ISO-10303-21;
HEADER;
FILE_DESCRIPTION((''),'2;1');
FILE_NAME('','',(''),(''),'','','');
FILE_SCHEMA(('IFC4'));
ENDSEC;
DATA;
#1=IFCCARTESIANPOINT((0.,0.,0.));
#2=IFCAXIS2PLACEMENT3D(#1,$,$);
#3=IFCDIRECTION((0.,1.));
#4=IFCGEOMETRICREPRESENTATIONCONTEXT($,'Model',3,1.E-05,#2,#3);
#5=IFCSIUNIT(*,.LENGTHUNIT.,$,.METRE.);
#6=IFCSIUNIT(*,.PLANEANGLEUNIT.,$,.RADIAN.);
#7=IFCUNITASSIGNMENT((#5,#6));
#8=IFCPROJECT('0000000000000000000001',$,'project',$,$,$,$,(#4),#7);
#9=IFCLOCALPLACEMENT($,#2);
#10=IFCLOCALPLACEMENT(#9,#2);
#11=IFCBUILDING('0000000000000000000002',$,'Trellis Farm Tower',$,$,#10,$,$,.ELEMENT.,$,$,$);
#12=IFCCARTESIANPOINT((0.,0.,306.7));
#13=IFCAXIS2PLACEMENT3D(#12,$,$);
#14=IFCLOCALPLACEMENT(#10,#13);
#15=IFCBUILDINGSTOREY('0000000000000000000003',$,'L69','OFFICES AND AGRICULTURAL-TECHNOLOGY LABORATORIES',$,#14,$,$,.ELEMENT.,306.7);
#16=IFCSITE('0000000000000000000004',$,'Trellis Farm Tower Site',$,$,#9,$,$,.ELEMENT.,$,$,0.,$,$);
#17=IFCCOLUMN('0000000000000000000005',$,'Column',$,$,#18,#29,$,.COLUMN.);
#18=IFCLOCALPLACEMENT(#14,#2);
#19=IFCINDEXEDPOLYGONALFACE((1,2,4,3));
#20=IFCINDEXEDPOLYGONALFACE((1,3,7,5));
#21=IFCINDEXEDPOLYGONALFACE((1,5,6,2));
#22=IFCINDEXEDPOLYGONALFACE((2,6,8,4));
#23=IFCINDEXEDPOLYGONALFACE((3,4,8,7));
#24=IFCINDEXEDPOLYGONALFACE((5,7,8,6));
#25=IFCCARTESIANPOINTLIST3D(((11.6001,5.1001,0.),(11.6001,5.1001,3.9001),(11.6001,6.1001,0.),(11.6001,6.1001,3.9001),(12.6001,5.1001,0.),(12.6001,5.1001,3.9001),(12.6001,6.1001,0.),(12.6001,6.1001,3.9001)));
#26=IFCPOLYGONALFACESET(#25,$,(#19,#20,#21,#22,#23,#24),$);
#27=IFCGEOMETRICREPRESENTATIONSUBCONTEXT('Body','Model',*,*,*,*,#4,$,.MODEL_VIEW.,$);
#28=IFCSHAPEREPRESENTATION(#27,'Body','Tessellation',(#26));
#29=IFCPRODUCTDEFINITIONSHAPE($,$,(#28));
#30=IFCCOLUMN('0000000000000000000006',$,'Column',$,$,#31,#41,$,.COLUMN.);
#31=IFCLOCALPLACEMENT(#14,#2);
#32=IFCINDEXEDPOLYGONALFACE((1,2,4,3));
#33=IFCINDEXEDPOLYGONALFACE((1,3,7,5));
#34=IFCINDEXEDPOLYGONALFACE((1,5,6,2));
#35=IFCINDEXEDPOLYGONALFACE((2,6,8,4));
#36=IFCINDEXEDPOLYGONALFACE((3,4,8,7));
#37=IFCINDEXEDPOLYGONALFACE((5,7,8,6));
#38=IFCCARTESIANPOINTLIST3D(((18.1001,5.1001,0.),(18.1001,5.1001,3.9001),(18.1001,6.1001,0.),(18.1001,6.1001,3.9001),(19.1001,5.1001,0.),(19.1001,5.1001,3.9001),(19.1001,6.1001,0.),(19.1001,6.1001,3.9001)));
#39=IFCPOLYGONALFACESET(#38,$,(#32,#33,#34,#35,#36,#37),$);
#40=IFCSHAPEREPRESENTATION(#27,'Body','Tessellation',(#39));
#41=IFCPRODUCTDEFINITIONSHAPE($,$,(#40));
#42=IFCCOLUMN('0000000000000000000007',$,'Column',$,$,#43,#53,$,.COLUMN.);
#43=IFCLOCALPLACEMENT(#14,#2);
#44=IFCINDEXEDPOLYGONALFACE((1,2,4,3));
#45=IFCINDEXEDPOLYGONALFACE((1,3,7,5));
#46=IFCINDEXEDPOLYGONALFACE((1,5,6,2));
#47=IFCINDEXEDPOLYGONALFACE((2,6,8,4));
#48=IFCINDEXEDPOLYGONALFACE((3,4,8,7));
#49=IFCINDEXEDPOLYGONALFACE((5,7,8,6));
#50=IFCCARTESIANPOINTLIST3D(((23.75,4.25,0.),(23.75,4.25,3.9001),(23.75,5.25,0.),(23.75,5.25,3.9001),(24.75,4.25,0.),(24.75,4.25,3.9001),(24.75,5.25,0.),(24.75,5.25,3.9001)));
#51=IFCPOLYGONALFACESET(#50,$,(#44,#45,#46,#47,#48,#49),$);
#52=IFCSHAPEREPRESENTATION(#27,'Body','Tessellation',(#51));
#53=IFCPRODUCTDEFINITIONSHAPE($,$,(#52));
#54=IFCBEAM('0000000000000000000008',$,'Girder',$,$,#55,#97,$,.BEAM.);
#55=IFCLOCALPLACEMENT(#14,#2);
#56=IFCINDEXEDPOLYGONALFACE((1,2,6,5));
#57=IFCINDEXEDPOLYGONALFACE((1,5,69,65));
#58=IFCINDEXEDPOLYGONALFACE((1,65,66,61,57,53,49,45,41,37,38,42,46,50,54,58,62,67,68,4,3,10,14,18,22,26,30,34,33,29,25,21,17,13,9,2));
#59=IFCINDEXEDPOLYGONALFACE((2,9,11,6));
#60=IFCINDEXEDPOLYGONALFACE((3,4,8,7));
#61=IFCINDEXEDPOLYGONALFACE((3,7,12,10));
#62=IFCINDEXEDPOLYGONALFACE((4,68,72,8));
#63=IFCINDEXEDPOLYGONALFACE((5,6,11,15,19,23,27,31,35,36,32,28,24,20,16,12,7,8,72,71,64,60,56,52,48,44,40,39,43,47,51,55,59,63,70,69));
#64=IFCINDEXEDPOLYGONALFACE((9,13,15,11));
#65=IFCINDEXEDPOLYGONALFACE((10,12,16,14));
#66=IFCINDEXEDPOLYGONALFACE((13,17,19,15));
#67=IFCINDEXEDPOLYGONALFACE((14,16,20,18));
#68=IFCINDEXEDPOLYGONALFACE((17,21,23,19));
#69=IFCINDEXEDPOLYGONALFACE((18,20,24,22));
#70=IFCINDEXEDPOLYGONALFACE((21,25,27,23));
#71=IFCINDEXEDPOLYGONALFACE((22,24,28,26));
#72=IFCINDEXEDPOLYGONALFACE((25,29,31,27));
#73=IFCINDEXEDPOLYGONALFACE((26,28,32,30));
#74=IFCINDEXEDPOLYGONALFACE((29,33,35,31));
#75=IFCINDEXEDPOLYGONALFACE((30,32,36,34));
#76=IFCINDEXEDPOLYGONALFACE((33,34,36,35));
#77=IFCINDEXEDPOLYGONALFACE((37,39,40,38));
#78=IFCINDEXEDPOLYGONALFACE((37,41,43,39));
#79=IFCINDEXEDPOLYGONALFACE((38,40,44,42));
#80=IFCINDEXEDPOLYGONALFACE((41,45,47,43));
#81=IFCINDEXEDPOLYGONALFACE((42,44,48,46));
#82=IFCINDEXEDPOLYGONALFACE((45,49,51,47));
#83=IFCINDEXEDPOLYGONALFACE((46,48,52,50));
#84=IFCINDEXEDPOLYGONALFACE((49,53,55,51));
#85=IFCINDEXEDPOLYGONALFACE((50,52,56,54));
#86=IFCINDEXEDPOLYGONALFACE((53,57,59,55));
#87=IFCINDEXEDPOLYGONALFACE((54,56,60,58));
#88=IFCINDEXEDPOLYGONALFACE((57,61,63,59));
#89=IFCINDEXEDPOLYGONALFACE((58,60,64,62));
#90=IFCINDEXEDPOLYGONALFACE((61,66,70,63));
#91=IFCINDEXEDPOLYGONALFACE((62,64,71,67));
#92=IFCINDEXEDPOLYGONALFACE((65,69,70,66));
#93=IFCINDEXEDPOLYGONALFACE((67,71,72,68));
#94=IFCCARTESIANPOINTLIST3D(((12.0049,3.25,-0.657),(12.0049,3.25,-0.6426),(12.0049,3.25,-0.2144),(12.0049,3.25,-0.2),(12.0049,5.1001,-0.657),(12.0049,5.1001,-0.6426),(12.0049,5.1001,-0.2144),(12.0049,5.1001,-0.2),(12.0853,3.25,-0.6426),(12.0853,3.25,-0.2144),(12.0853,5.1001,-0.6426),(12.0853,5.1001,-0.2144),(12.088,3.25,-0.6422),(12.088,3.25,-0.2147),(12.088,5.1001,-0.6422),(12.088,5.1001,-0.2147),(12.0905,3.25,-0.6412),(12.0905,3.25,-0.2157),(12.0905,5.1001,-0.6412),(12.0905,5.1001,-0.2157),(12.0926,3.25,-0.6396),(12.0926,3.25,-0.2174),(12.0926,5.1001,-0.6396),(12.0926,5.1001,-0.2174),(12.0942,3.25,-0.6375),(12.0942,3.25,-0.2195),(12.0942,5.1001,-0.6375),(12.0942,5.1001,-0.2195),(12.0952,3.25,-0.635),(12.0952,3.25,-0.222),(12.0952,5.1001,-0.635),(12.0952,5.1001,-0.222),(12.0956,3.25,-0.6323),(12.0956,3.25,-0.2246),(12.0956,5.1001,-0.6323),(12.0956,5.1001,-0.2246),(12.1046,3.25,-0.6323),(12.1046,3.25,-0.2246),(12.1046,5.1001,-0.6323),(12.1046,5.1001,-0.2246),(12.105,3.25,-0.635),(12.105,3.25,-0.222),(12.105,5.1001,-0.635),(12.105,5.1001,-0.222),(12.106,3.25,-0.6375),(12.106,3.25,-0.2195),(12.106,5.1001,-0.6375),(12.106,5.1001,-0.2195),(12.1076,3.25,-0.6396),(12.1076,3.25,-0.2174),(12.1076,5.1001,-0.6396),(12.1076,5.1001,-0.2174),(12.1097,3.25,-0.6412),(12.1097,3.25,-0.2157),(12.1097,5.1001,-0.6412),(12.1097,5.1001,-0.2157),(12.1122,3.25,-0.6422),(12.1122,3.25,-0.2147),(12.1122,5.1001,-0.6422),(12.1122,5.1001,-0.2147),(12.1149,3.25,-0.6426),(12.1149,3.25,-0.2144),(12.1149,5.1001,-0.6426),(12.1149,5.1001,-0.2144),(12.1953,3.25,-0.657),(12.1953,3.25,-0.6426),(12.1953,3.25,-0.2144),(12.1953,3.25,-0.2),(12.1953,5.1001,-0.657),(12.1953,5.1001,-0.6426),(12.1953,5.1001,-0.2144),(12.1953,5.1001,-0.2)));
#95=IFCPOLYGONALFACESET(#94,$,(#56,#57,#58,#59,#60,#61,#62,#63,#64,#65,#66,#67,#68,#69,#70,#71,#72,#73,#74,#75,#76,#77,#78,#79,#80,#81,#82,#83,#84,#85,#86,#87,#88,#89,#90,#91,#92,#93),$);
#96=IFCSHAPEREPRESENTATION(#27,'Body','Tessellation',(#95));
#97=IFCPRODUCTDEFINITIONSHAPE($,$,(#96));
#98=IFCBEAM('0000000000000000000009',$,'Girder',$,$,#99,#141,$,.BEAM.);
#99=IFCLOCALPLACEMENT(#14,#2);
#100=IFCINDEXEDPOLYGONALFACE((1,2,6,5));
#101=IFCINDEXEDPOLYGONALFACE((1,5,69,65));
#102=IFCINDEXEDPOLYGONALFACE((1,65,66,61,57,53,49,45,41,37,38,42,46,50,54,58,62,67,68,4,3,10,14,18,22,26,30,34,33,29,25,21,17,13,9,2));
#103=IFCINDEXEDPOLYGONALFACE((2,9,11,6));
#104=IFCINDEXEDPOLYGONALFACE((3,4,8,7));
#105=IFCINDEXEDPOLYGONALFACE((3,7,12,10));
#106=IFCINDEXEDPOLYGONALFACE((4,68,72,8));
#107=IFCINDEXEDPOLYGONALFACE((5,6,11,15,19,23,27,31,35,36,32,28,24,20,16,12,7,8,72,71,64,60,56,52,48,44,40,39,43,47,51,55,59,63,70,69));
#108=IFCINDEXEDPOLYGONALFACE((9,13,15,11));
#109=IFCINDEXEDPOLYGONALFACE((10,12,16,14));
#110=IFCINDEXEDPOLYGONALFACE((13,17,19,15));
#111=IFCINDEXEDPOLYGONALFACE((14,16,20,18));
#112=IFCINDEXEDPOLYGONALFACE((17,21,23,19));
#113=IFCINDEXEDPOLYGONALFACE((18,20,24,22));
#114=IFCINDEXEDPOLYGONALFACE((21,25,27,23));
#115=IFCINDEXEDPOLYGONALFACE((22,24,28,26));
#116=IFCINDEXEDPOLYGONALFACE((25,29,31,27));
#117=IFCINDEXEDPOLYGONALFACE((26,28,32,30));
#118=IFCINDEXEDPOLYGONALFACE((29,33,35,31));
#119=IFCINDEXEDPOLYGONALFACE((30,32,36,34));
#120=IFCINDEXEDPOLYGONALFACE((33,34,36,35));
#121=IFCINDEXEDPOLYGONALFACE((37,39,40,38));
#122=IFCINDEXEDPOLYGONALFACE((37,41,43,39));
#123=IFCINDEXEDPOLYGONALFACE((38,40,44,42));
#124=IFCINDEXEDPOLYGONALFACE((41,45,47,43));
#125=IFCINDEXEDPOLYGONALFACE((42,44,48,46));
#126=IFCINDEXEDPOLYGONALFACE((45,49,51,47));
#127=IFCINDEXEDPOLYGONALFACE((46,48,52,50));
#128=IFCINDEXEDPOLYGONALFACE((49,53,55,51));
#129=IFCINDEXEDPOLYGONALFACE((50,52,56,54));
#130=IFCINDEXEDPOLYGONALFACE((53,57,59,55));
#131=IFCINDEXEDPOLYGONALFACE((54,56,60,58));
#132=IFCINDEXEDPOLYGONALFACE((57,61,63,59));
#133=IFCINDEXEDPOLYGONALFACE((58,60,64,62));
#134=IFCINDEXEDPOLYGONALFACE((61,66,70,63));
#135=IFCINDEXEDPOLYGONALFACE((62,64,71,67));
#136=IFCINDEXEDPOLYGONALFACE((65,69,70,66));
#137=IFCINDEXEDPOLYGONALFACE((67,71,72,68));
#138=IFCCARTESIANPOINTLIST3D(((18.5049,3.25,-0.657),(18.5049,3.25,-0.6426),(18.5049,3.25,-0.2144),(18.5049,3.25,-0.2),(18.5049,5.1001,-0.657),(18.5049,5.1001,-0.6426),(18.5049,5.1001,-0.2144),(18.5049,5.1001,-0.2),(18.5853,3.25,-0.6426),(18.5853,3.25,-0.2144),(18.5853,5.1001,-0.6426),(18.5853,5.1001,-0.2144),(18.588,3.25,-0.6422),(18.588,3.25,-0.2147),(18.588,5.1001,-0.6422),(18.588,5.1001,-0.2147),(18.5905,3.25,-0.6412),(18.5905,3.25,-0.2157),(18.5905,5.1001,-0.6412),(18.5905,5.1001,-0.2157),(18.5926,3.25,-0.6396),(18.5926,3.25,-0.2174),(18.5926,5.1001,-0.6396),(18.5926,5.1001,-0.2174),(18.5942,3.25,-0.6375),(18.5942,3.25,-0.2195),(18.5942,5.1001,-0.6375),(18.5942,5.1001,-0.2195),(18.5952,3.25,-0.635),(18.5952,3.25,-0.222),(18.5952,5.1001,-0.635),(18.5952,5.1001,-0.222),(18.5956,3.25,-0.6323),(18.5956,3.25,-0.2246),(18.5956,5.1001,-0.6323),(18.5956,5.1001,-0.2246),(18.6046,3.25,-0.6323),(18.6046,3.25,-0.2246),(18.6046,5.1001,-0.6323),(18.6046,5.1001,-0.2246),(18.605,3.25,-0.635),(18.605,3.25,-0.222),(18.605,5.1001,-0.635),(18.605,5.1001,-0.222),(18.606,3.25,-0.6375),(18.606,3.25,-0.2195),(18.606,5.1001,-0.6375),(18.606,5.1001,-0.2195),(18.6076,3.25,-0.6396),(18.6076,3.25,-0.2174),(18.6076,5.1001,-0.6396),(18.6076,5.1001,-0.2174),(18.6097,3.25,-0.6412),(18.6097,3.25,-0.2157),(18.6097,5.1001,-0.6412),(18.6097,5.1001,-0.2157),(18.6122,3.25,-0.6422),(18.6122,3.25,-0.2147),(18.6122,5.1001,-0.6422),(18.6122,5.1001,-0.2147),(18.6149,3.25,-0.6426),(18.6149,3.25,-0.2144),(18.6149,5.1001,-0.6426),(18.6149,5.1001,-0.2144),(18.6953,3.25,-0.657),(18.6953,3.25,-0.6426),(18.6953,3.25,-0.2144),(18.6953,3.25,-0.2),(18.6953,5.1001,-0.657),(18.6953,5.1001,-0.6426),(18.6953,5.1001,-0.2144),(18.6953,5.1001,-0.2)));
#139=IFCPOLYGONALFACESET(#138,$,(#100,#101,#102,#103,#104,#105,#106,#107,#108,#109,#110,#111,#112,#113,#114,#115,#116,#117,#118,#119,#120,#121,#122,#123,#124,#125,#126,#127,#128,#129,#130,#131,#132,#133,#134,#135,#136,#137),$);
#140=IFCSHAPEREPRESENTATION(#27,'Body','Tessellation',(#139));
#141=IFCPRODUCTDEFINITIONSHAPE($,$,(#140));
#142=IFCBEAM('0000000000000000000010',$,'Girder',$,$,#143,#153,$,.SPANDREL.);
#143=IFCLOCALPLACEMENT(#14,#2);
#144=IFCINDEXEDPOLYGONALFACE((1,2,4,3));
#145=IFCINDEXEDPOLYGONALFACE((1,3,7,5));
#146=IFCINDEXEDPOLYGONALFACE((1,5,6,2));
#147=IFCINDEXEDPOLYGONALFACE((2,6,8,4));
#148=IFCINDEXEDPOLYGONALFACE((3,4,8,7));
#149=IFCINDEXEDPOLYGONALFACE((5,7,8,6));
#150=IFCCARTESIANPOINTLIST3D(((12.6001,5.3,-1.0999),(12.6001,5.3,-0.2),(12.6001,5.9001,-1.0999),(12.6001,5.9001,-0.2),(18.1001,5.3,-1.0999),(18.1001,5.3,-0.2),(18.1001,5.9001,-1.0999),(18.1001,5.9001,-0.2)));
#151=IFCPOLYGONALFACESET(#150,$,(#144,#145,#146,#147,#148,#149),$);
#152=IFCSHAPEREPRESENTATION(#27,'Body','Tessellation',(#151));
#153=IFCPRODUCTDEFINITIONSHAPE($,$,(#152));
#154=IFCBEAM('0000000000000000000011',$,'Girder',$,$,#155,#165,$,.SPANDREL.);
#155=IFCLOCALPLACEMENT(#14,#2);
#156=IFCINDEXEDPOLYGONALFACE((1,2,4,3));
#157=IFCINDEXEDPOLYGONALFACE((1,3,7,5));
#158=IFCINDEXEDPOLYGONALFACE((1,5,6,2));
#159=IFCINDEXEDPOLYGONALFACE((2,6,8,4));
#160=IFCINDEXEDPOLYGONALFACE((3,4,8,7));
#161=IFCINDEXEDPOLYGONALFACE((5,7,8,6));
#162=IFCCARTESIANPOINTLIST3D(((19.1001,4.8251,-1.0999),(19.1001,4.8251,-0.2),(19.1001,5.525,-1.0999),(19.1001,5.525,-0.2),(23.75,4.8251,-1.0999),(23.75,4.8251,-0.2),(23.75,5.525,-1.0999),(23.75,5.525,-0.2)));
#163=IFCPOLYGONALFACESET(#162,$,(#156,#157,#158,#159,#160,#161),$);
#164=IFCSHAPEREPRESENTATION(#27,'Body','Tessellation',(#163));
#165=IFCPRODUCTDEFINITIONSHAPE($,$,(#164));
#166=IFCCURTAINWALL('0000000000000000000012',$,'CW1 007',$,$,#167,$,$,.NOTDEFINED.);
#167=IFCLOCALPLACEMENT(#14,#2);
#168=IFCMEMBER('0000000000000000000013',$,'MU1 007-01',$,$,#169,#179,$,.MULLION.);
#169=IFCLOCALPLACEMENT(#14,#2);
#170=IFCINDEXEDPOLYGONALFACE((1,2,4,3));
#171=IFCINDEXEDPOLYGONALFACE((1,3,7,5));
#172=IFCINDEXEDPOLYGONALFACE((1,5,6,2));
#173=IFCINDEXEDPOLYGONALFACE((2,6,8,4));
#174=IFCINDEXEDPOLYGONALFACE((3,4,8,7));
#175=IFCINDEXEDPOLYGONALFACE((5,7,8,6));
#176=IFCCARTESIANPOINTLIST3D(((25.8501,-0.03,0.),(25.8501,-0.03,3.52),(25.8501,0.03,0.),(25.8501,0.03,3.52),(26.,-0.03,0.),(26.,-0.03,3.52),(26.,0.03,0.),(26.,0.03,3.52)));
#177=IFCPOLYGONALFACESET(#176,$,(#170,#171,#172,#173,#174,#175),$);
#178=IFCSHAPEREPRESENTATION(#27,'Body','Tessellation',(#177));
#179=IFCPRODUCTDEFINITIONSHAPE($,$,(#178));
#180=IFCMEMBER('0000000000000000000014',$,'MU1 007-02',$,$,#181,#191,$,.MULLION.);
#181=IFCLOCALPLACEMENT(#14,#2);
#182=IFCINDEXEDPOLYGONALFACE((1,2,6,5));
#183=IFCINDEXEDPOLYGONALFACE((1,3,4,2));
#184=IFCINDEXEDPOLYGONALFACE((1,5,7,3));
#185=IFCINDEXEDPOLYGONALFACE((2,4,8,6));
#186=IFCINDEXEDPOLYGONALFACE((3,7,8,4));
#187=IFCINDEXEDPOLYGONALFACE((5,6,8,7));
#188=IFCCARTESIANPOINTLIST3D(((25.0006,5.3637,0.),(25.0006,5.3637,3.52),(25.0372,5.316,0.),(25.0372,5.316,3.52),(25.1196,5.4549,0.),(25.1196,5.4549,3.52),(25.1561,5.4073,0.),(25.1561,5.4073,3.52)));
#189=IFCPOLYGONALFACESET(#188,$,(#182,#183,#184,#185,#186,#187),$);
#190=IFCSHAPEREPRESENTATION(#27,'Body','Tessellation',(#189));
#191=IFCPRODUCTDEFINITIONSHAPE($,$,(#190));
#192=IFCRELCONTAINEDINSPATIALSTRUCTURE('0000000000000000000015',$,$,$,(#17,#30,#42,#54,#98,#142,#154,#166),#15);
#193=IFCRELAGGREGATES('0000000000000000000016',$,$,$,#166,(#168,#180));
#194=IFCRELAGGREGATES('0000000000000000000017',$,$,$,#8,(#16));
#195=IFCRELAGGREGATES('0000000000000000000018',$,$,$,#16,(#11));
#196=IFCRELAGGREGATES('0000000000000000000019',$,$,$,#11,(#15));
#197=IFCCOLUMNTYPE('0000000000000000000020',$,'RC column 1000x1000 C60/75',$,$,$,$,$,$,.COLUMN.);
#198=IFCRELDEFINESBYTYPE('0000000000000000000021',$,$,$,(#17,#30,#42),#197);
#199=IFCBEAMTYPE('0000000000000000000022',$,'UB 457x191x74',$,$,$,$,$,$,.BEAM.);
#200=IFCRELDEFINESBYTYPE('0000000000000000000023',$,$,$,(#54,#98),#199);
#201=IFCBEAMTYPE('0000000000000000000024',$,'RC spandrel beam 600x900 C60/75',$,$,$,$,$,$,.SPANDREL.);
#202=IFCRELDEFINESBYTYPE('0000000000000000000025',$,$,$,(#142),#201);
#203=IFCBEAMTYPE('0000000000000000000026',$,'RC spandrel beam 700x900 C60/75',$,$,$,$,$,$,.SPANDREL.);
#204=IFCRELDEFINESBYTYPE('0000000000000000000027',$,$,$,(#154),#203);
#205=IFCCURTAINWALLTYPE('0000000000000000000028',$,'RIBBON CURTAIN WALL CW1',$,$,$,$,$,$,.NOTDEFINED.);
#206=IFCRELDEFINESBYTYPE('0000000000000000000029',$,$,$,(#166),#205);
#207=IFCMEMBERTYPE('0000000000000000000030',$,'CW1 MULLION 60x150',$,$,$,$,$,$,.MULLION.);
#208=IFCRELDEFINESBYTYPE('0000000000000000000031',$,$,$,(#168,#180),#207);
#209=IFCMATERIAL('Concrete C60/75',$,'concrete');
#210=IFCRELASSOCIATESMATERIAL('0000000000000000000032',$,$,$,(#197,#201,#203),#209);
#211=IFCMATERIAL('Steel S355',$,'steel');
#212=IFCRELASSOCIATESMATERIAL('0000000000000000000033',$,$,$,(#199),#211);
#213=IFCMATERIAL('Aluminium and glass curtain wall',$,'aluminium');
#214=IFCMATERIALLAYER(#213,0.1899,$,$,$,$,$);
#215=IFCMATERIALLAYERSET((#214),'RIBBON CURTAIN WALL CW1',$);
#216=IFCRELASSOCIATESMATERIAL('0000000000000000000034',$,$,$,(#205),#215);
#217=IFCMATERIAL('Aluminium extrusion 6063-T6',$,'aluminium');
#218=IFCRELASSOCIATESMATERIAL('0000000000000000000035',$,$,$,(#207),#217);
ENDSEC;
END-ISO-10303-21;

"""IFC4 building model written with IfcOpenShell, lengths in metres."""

from ifc_helpers import new_model, si_unit, direction, frame, origin, origin_2d, place, context, subcontext, project, spatial, rectangle, i_section, extrude, source, transform, mapped, material, layer, layer_set, material_profile, profile_set, type_object, element, aggregate, save


model = new_model("IFC4")

# Units and contexts
model_context = context("Model", 3, precision=1e-05, world=origin(), true_north=direction((0.0, 1.0)))
body_context = subcontext(model_context, "Body", "Model", "MODEL_VIEW")
ifc_project = project(units=[si_unit("LENGTHUNIT", "METRE"), si_unit("PLANEANGLEUNIT", "RADIAN")], contexts=[model_context])

# Site, building, storey
site_placement = place(None, origin())
site = spatial("IfcSite", under=ifc_project, at=site_placement, Name="Trellis Farm Tower Site", CompositionType="ELEMENT", RefElevation=0.0)
building_placement = place(site_placement, origin())
building = spatial("IfcBuilding", under=site, at=building_placement, Name="Trellis Farm Tower", CompositionType="ELEMENT")
storey_placement = place(building_placement, frame((0.0, 0.0, 306.7)))
storey = spatial("IfcBuildingStorey", under=building, at=storey_placement, Name="L69", Description="OFFICES AND AGRICULTURAL-TECHNOLOGY LABORATORIES", CompositionType="ELEMENT", Elevation=306.7)

# Columns
ifc_material_1 = material(Name="Concrete C60/75", Category="concrete")
ifc_material_profile_1 = material_profile(ifc_material_1, rectangle(XDim=1.0, YDim=1.0, at=origin_2d()), Name="RC column 1000x1000 C60/75")
ifc_profile_set_1 = profile_set([ifc_material_profile_1], Name="Concrete C60/75")
column_type = type_object("IfcColumnType", Name="RC column 1000x1000 C60/75", PredefinedType="COLUMN", material=ifc_profile_set_1)
shared_shape_1 = source(origin(), body_context, "Body", "SweptSolid", [
    extrude(rectangle(XDim=1.0, YDim=1.0, at=origin_2d()), origin(), (0.0, 0.0, 1.0), 3.9001),
])
for number, where, z_axis, x_axis, name in (
    (1, (12.1001, 5.6001, 0.0), (0.0, 0.0, 1.0), (1.0, 0.0, 0.0), "Column"),
    (2, (18.6001, 5.6001, 0.0), (0.0, 0.0, 1.0), (1.0, 0.0, 0.0), "Column"),
    (3, (24.25, 4.75, 0.0), (0.0, 0.0, 1.0), (1.0, 0.0, 0.0), "Column"),
):
    element("IfcColumn", number, at=place(storey_placement, frame(where, z_axis=z_axis, x_axis=x_axis)), inside=storey, type_object=column_type, Name=name, PredefinedType="COLUMN", context=body_context, shape_type="MappedRepresentation", body=[
        mapped(shared_shape_1, transform((0.0, 0.0, 0.0))),
    ])

# Beams
ifc_material_2 = material(Name="Steel S355", Category="steel")
ifc_material_profile_2 = material_profile(ifc_material_2, i_section(OverallWidth=0.1904, OverallDepth=0.457, WebThickness=0.009, FlangeThickness=0.0144, FilletRadius=0.0103, at=origin_2d()), Name="UB 457x191x74")
ifc_profile_set_2 = profile_set([ifc_material_profile_2], Name="Steel S355")
beam_type_1 = type_object("IfcBeamType", Name="UB 457x191x74", PredefinedType="BEAM", material=ifc_profile_set_2)
shared_shape_2 = source(origin(), body_context, "Body", "SweptSolid", [
    extrude(i_section(OverallWidth=0.1904, OverallDepth=0.457, WebThickness=0.009, FlangeThickness=0.0144, FilletRadius=0.0103, at=origin_2d()), origin(), (0.0, 0.0, 1.0), 1.8501),
])
for number, where, z_axis, x_axis, name in (
    (4, (12.1001, 3.25, -0.4285), (0.0, 1.0, 0.0), (-1.0, 0.0, 0.0), "Girder"),
    (5, (18.6001, 3.25, -0.4285), (0.0, 1.0, 0.0), (-1.0, 0.0, 0.0), "Girder"),
):
    element("IfcBeam", number, at=place(storey_placement, frame(where, z_axis=z_axis, x_axis=x_axis)), inside=storey, type_object=beam_type_1, Name=name, PredefinedType="BEAM", context=body_context, shape_type="MappedRepresentation", body=[
        mapped(shared_shape_2, transform((0.0, 0.0, 0.0))),
    ])
ifc_material_profile_3 = material_profile(ifc_material_1, rectangle(XDim=0.6001, YDim=0.8999, at=origin_2d()), Name="RC spandrel beam 600x900 C60/75")
ifc_profile_set_3 = profile_set([ifc_material_profile_3], Name="Concrete C60/75")
beam_type_2 = type_object("IfcBeamType", Name="RC spandrel beam 600x900 C60/75", PredefinedType="SPANDREL", material=ifc_profile_set_3)
shared_shape_3 = source(origin(), body_context, "Body", "SweptSolid", [
    extrude(rectangle(XDim=0.6001, YDim=0.8999, at=origin_2d()), origin(), (0.0, 0.0, 1.0), 5.5),
])
beam_1_placement = place(storey_placement, frame((12.6001, 5.6001, -0.6499), z_axis=(1.0, 0.0, 0.0), x_axis=(0.0, 1.0, 0.0)))
element("IfcBeam", 6, at=beam_1_placement, inside=storey, type_object=beam_type_2, Name="Girder", PredefinedType="SPANDREL", context=body_context, shape_type="MappedRepresentation", body=[
    mapped(shared_shape_3, transform((0.0, 0.0, 0.0))),
])
ifc_material_profile_4 = material_profile(ifc_material_1, rectangle(XDim=0.7, YDim=0.8999, at=origin_2d()), Name="RC spandrel beam 700x900 C60/75")
ifc_profile_set_4 = profile_set([ifc_material_profile_4], Name="Concrete C60/75")
beam_type_3 = type_object("IfcBeamType", Name="RC spandrel beam 700x900 C60/75", PredefinedType="SPANDREL", material=ifc_profile_set_4)
shared_shape_4 = source(origin(), body_context, "Body", "SweptSolid", [
    extrude(rectangle(XDim=0.7, YDim=0.8999, at=origin_2d()), origin(), (0.0, 0.0, 1.0), 4.6499),
])
beam_2_placement = place(storey_placement, frame((19.1001, 5.175, -0.6499), z_axis=(1.0, 0.0, 0.0), x_axis=(0.0, 1.0, 0.0)))
element("IfcBeam", 7, at=beam_2_placement, inside=storey, type_object=beam_type_3, Name="Girder", PredefinedType="SPANDREL", context=body_context, shape_type="MappedRepresentation", body=[
    mapped(shared_shape_4, transform((0.0, 0.0, 0.0))),
])

# Curtain wall, members
ifc_material_3 = material(Name="Aluminium and glass curtain wall", Category="aluminium")
ifc_layer_1 = layer(ifc_material_3, 0.1899)
ifc_layer_set_1 = layer_set([ifc_layer_1], Name="RIBBON CURTAIN WALL CW1")
curtain_wall_type = type_object("IfcCurtainWallType", Name="RIBBON CURTAIN WALL CW1", PredefinedType="NOTDEFINED", material=ifc_layer_set_1)
placement = place(storey_placement, origin())
curtain_wall_1 = element("IfcCurtainWall", 8, at=placement, inside=storey, type_object=curtain_wall_type, Name="CW1 007", PredefinedType="NOTDEFINED")
ifc_material_4 = material(Name="Aluminium extrusion 6063-T6", Category="aluminium")
ifc_material_profile_5 = material_profile(ifc_material_4, rectangle(XDim=0.0601, YDim=0.1499, at=origin_2d()), Name="MULLION 60x150")
ifc_profile_set_5 = profile_set([ifc_material_profile_5], Name="Aluminium extrusion 6063-T6")
member_type = type_object("IfcMemberType", Name="CW1 MULLION 60x150", PredefinedType="MULLION", material=ifc_profile_set_5)
shared_shape_5 = source(origin(), body_context, "Body", "SweptSolid", [
    extrude(rectangle(XDim=0.0601, YDim=0.1499, at=origin_2d()), origin(), (0.0, 0.0, 1.0), 3.52),
])
member_1_placement = place(storey_placement, frame((25.925, 0.0, 0.0), z_axis=(0.0, 0.0, 1.0), x_axis=(0.0, 1.0, 0.0)))
member_1 = element("IfcMember", 9, at=member_1_placement, type_object=member_type, Name="MU1 007-01", PredefinedType="MULLION", context=body_context, shape_type="MappedRepresentation", body=[
    mapped(shared_shape_5, transform((0.0, 0.0, 0.0))),
])
member_2_placement = place(storey_placement, frame((25.0784, 5.3855, 0.0), z_axis=(0.0, 0.0, 1.0), x_axis=(-0.608761, 0.793353, 0.0)))
member_2 = element("IfcMember", 10, at=member_2_placement, type_object=member_type, Name="MU1 007-02", PredefinedType="MULLION", context=body_context, shape_type="MappedRepresentation", body=[
    mapped(shared_shape_5, transform((0.0, 0.0, 0.0))),
])
aggregate(curtain_wall_1, [member_1, member_2])

save(model, "model.ifc")
